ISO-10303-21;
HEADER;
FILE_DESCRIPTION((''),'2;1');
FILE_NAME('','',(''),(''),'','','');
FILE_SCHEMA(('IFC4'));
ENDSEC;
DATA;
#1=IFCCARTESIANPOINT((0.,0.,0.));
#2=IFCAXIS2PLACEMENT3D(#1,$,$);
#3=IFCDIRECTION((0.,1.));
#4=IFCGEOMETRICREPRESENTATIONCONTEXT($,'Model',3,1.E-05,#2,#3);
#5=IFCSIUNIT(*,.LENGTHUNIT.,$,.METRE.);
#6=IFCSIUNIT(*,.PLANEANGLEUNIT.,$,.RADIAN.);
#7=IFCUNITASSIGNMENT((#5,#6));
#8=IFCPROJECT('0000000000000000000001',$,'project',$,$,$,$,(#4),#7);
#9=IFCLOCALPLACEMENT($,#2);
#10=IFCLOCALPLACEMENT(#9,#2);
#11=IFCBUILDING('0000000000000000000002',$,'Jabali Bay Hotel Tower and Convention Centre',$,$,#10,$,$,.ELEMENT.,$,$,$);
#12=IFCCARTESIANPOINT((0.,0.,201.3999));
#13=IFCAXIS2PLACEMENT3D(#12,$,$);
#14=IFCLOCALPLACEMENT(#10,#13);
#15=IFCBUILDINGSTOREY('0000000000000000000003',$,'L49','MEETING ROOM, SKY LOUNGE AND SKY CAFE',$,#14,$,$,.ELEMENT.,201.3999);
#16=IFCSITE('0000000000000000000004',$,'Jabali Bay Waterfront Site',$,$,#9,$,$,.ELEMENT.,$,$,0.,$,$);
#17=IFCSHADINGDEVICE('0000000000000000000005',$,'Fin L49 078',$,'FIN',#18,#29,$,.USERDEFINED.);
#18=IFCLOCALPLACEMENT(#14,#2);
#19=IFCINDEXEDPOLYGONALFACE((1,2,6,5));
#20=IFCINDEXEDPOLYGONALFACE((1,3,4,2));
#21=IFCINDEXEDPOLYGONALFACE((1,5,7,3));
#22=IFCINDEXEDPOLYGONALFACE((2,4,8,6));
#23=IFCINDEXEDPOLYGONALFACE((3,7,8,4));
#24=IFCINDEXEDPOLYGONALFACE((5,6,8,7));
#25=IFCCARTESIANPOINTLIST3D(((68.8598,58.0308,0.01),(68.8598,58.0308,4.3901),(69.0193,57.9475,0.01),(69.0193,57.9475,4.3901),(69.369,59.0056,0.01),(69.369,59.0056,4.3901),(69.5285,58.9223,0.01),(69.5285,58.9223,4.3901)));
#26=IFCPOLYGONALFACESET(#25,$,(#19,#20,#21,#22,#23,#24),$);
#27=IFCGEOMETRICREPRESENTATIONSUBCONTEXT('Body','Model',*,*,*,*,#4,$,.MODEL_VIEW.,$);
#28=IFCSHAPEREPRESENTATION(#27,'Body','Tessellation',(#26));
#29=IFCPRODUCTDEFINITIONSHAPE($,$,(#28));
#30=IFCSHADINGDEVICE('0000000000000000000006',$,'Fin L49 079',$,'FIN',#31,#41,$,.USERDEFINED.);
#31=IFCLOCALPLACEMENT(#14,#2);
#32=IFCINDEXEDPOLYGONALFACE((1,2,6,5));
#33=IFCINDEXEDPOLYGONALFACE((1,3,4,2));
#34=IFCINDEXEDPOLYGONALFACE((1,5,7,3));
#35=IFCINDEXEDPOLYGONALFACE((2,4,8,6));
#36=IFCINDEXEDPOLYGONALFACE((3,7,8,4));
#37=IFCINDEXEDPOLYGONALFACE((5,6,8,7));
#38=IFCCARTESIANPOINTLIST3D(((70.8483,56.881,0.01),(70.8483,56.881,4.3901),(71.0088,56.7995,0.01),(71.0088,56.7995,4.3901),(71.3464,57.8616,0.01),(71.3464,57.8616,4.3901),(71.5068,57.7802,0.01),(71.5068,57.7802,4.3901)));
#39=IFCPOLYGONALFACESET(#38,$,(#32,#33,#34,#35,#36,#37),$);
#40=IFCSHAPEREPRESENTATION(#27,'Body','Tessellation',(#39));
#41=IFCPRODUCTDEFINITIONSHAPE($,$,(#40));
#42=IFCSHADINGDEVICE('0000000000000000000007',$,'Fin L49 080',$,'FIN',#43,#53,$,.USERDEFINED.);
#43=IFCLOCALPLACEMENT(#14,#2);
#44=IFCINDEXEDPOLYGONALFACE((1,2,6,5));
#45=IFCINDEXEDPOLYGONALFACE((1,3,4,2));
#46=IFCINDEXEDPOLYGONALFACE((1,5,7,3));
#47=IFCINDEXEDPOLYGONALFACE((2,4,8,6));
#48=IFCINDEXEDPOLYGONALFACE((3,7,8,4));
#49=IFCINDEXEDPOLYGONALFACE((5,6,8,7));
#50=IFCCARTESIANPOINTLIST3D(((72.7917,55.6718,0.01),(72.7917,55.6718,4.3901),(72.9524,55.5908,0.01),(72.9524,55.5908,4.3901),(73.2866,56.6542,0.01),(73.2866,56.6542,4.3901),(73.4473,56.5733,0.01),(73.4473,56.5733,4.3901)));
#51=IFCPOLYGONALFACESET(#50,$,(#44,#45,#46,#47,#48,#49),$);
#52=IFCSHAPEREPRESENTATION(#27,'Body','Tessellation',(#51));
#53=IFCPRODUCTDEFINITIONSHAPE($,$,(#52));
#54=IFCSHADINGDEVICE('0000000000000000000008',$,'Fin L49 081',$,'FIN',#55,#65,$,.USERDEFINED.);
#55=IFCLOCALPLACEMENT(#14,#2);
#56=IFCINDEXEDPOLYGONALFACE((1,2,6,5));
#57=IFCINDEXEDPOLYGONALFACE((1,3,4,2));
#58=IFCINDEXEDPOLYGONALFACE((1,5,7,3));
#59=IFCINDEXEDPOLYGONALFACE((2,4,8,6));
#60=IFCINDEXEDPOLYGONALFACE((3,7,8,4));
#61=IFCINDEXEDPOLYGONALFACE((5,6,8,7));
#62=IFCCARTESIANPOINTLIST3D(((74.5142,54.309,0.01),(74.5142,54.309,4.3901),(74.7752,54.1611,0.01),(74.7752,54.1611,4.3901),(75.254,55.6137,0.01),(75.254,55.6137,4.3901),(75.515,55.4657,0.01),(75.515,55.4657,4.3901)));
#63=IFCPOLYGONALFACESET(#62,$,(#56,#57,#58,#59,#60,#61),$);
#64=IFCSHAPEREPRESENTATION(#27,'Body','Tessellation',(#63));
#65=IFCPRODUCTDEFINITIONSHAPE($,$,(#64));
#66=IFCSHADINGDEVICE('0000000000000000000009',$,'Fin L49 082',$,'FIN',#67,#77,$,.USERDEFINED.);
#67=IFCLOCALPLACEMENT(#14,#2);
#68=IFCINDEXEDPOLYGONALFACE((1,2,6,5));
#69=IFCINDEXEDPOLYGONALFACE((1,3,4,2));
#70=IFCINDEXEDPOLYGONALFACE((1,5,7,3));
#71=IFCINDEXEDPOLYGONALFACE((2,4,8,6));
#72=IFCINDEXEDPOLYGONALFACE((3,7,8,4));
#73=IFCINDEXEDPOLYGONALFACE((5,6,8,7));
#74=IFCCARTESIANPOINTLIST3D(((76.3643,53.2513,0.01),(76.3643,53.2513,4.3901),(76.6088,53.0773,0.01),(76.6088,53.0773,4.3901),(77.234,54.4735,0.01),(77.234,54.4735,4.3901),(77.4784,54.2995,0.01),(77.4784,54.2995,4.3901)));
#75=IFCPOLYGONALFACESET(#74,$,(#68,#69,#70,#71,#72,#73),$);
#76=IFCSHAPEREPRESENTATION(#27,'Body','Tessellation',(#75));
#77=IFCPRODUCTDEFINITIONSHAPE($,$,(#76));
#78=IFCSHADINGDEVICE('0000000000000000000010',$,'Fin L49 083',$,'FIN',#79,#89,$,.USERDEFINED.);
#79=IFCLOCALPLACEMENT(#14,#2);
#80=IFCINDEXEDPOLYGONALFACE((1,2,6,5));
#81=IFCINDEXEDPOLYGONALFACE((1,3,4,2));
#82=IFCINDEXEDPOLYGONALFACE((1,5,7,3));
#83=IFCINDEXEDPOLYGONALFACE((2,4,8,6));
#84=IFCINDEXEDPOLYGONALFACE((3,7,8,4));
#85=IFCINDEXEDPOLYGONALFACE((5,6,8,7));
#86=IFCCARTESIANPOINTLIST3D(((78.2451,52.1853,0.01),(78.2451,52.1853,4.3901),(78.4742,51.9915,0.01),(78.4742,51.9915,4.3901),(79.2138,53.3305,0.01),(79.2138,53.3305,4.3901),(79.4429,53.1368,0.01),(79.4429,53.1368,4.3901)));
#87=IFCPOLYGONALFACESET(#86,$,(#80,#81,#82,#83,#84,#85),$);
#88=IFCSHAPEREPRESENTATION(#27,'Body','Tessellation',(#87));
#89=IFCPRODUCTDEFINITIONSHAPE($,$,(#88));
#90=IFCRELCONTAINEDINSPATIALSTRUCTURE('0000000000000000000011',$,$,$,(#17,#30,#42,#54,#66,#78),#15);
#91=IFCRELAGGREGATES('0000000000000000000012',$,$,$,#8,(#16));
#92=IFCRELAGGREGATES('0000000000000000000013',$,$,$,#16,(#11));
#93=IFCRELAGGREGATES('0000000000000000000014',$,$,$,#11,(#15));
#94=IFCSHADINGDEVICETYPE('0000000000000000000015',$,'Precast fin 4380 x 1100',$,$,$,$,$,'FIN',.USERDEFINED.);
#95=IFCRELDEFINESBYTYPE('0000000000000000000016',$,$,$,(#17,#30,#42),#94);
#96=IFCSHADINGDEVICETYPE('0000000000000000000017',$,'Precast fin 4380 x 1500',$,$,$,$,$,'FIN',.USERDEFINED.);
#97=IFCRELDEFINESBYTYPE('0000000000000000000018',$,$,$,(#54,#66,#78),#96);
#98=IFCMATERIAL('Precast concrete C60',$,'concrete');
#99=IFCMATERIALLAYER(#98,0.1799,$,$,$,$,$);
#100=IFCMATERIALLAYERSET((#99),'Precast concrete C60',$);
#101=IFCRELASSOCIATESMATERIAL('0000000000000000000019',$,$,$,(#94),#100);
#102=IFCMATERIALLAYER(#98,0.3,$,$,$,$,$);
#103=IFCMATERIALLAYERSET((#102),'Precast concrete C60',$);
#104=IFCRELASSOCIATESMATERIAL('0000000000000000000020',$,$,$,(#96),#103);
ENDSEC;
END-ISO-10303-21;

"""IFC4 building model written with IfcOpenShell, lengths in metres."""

from ifc_helpers import new_model, si_unit, direction, frame, frame_2d, origin, place, context, subcontext, project, spatial, rectangle, extrude, material, layer, layer_set, type_object, element, save


model = new_model("IFC4")

# Units and contexts
model_context = context("Model", 3, precision=1e-05, world=origin(), true_north=direction((0.0, 1.0)))
body_context = subcontext(model_context, "Body", "Model", "MODEL_VIEW")
ifc_project = project(units=[si_unit("LENGTHUNIT", "METRE"), si_unit("PLANEANGLEUNIT", "RADIAN")], contexts=[model_context])

# Site, building, storey
site_placement = place(None, origin())
site = spatial("IfcSite", under=ifc_project, at=site_placement, Name="Jabali Bay Waterfront Site", CompositionType="ELEMENT", RefElevation=0.0)
building_placement = place(site_placement, origin())
building = spatial("IfcBuilding", under=site, at=building_placement, Name="Jabali Bay Hotel Tower and Convention Centre", CompositionType="ELEMENT")
storey_placement = place(building_placement, frame((0.0, 0.0, 201.3999)))
storey = spatial("IfcBuildingStorey", under=building, at=storey_placement, Name="L49", Description="MEETING ROOM, SKY LOUNGE AND SKY CAFE", CompositionType="ELEMENT", Elevation=201.3999)

# Shading devices
ifc_material_1 = material(Name="Precast concrete C60", Category="concrete")
ifc_layer_1 = layer(ifc_material_1, 0.1799)
ifc_layer_set_1 = layer_set([ifc_layer_1], Name="Precast concrete C60")
shading_device_type_1 = type_object("IfcShadingDeviceType", Name="Precast fin 4380 x 1100", ElementType="FIN", PredefinedType="USERDEFINED", material=ifc_layer_set_1)
for number, where, z_axis, x_axis, name in (
    (1, (69.4487, 58.9639, 0.01), (0.0, 0.0, 1.0), (-0.463036, -0.886339, 0.0), "Fin L49 078"),
    (2, (71.4265, 57.8208, 0.01), (0.0, 0.0, 1.0), (-0.452798, -0.891613, 0.0), "Fin L49 079"),
):
    element("IfcShadingDevice", number, at=place(storey_placement, frame(where, z_axis=z_axis, x_axis=x_axis)), inside=storey, type_object=shading_device_type_1, Name=name, ObjectType="FIN", PredefinedType="USERDEFINED", context=body_context, shape_type="SweptSolid", body=[
        extrude(rectangle(XDim=1.0999, YDim=0.1799, at=frame_2d((0.5498, 0.0))), origin(), (0.0, 0.0, 1.0), 4.3801),
    ])
shading_device_1_placement = place(storey_placement, frame((73.3669, 56.6138, 0.01), z_axis=(0.0, 0.0, 1.0), x_axis=(-0.449875, -0.893092, 0.0)))
element("IfcShadingDevice", 3, at=shading_device_1_placement, inside=storey, type_object=shading_device_type_1, Name="Fin L49 080", ObjectType="FIN", PredefinedType="USERDEFINED", context=body_context, shape_type="SweptSolid", body=[
    extrude(rectangle(XDim=1.1001, YDim=0.1799, at=frame_2d((0.55, 0.0))), origin(), (0.0, 0.0, 1.0), 4.3801),
])
ifc_layer_2 = layer(ifc_material_1, 0.3)
ifc_layer_set_2 = layer_set([ifc_layer_2], Name="Precast concrete C60")
shading_device_type_2 = type_object("IfcShadingDeviceType", Name="Precast fin 4380 x 1500", ElementType="FIN", PredefinedType="USERDEFINED", material=ifc_layer_set_2)
shading_device_2_placement = place(storey_placement, frame((75.3845, 55.5398, 0.01), z_axis=(0.0, 0.0, 1.0), x_axis=(-0.493226, -0.869901, 0.0)))
element("IfcShadingDevice", 4, at=shading_device_2_placement, inside=storey, type_object=shading_device_type_2, Name="Fin L49 081", ObjectType="FIN", PredefinedType="USERDEFINED", context=body_context, shape_type="SweptSolid", body=[
    extrude(rectangle(XDim=1.4998, YDim=0.3, at=frame_2d((0.75, 0.0))), origin(), (0.0, 0.0, 1.0), 4.3801),
])
for number, where, z_axis, x_axis, name in (
    (5, (77.3562, 54.3865, 0.01), (0.0, 0.0, 1.0), (-0.579759, -0.814788, 0.0), "Fin L49 082"),
    (6, (79.3284, 53.2336, 0.01), (0.0, 0.0, 1.0), (-0.645818, -0.763491, 0.0), "Fin L49 083"),
):
    element("IfcShadingDevice", number, at=place(storey_placement, frame(where, z_axis=z_axis, x_axis=x_axis)), inside=storey, type_object=shading_device_type_2, Name=name, ObjectType="FIN", PredefinedType="USERDEFINED", context=body_context, shape_type="SweptSolid", body=[
        extrude(rectangle(XDim=1.5, YDim=0.3, at=frame_2d((0.75, 0.0))), origin(), (0.0, 0.0, 1.0), 4.3801),
    ])

save(model, "model.ifc")
